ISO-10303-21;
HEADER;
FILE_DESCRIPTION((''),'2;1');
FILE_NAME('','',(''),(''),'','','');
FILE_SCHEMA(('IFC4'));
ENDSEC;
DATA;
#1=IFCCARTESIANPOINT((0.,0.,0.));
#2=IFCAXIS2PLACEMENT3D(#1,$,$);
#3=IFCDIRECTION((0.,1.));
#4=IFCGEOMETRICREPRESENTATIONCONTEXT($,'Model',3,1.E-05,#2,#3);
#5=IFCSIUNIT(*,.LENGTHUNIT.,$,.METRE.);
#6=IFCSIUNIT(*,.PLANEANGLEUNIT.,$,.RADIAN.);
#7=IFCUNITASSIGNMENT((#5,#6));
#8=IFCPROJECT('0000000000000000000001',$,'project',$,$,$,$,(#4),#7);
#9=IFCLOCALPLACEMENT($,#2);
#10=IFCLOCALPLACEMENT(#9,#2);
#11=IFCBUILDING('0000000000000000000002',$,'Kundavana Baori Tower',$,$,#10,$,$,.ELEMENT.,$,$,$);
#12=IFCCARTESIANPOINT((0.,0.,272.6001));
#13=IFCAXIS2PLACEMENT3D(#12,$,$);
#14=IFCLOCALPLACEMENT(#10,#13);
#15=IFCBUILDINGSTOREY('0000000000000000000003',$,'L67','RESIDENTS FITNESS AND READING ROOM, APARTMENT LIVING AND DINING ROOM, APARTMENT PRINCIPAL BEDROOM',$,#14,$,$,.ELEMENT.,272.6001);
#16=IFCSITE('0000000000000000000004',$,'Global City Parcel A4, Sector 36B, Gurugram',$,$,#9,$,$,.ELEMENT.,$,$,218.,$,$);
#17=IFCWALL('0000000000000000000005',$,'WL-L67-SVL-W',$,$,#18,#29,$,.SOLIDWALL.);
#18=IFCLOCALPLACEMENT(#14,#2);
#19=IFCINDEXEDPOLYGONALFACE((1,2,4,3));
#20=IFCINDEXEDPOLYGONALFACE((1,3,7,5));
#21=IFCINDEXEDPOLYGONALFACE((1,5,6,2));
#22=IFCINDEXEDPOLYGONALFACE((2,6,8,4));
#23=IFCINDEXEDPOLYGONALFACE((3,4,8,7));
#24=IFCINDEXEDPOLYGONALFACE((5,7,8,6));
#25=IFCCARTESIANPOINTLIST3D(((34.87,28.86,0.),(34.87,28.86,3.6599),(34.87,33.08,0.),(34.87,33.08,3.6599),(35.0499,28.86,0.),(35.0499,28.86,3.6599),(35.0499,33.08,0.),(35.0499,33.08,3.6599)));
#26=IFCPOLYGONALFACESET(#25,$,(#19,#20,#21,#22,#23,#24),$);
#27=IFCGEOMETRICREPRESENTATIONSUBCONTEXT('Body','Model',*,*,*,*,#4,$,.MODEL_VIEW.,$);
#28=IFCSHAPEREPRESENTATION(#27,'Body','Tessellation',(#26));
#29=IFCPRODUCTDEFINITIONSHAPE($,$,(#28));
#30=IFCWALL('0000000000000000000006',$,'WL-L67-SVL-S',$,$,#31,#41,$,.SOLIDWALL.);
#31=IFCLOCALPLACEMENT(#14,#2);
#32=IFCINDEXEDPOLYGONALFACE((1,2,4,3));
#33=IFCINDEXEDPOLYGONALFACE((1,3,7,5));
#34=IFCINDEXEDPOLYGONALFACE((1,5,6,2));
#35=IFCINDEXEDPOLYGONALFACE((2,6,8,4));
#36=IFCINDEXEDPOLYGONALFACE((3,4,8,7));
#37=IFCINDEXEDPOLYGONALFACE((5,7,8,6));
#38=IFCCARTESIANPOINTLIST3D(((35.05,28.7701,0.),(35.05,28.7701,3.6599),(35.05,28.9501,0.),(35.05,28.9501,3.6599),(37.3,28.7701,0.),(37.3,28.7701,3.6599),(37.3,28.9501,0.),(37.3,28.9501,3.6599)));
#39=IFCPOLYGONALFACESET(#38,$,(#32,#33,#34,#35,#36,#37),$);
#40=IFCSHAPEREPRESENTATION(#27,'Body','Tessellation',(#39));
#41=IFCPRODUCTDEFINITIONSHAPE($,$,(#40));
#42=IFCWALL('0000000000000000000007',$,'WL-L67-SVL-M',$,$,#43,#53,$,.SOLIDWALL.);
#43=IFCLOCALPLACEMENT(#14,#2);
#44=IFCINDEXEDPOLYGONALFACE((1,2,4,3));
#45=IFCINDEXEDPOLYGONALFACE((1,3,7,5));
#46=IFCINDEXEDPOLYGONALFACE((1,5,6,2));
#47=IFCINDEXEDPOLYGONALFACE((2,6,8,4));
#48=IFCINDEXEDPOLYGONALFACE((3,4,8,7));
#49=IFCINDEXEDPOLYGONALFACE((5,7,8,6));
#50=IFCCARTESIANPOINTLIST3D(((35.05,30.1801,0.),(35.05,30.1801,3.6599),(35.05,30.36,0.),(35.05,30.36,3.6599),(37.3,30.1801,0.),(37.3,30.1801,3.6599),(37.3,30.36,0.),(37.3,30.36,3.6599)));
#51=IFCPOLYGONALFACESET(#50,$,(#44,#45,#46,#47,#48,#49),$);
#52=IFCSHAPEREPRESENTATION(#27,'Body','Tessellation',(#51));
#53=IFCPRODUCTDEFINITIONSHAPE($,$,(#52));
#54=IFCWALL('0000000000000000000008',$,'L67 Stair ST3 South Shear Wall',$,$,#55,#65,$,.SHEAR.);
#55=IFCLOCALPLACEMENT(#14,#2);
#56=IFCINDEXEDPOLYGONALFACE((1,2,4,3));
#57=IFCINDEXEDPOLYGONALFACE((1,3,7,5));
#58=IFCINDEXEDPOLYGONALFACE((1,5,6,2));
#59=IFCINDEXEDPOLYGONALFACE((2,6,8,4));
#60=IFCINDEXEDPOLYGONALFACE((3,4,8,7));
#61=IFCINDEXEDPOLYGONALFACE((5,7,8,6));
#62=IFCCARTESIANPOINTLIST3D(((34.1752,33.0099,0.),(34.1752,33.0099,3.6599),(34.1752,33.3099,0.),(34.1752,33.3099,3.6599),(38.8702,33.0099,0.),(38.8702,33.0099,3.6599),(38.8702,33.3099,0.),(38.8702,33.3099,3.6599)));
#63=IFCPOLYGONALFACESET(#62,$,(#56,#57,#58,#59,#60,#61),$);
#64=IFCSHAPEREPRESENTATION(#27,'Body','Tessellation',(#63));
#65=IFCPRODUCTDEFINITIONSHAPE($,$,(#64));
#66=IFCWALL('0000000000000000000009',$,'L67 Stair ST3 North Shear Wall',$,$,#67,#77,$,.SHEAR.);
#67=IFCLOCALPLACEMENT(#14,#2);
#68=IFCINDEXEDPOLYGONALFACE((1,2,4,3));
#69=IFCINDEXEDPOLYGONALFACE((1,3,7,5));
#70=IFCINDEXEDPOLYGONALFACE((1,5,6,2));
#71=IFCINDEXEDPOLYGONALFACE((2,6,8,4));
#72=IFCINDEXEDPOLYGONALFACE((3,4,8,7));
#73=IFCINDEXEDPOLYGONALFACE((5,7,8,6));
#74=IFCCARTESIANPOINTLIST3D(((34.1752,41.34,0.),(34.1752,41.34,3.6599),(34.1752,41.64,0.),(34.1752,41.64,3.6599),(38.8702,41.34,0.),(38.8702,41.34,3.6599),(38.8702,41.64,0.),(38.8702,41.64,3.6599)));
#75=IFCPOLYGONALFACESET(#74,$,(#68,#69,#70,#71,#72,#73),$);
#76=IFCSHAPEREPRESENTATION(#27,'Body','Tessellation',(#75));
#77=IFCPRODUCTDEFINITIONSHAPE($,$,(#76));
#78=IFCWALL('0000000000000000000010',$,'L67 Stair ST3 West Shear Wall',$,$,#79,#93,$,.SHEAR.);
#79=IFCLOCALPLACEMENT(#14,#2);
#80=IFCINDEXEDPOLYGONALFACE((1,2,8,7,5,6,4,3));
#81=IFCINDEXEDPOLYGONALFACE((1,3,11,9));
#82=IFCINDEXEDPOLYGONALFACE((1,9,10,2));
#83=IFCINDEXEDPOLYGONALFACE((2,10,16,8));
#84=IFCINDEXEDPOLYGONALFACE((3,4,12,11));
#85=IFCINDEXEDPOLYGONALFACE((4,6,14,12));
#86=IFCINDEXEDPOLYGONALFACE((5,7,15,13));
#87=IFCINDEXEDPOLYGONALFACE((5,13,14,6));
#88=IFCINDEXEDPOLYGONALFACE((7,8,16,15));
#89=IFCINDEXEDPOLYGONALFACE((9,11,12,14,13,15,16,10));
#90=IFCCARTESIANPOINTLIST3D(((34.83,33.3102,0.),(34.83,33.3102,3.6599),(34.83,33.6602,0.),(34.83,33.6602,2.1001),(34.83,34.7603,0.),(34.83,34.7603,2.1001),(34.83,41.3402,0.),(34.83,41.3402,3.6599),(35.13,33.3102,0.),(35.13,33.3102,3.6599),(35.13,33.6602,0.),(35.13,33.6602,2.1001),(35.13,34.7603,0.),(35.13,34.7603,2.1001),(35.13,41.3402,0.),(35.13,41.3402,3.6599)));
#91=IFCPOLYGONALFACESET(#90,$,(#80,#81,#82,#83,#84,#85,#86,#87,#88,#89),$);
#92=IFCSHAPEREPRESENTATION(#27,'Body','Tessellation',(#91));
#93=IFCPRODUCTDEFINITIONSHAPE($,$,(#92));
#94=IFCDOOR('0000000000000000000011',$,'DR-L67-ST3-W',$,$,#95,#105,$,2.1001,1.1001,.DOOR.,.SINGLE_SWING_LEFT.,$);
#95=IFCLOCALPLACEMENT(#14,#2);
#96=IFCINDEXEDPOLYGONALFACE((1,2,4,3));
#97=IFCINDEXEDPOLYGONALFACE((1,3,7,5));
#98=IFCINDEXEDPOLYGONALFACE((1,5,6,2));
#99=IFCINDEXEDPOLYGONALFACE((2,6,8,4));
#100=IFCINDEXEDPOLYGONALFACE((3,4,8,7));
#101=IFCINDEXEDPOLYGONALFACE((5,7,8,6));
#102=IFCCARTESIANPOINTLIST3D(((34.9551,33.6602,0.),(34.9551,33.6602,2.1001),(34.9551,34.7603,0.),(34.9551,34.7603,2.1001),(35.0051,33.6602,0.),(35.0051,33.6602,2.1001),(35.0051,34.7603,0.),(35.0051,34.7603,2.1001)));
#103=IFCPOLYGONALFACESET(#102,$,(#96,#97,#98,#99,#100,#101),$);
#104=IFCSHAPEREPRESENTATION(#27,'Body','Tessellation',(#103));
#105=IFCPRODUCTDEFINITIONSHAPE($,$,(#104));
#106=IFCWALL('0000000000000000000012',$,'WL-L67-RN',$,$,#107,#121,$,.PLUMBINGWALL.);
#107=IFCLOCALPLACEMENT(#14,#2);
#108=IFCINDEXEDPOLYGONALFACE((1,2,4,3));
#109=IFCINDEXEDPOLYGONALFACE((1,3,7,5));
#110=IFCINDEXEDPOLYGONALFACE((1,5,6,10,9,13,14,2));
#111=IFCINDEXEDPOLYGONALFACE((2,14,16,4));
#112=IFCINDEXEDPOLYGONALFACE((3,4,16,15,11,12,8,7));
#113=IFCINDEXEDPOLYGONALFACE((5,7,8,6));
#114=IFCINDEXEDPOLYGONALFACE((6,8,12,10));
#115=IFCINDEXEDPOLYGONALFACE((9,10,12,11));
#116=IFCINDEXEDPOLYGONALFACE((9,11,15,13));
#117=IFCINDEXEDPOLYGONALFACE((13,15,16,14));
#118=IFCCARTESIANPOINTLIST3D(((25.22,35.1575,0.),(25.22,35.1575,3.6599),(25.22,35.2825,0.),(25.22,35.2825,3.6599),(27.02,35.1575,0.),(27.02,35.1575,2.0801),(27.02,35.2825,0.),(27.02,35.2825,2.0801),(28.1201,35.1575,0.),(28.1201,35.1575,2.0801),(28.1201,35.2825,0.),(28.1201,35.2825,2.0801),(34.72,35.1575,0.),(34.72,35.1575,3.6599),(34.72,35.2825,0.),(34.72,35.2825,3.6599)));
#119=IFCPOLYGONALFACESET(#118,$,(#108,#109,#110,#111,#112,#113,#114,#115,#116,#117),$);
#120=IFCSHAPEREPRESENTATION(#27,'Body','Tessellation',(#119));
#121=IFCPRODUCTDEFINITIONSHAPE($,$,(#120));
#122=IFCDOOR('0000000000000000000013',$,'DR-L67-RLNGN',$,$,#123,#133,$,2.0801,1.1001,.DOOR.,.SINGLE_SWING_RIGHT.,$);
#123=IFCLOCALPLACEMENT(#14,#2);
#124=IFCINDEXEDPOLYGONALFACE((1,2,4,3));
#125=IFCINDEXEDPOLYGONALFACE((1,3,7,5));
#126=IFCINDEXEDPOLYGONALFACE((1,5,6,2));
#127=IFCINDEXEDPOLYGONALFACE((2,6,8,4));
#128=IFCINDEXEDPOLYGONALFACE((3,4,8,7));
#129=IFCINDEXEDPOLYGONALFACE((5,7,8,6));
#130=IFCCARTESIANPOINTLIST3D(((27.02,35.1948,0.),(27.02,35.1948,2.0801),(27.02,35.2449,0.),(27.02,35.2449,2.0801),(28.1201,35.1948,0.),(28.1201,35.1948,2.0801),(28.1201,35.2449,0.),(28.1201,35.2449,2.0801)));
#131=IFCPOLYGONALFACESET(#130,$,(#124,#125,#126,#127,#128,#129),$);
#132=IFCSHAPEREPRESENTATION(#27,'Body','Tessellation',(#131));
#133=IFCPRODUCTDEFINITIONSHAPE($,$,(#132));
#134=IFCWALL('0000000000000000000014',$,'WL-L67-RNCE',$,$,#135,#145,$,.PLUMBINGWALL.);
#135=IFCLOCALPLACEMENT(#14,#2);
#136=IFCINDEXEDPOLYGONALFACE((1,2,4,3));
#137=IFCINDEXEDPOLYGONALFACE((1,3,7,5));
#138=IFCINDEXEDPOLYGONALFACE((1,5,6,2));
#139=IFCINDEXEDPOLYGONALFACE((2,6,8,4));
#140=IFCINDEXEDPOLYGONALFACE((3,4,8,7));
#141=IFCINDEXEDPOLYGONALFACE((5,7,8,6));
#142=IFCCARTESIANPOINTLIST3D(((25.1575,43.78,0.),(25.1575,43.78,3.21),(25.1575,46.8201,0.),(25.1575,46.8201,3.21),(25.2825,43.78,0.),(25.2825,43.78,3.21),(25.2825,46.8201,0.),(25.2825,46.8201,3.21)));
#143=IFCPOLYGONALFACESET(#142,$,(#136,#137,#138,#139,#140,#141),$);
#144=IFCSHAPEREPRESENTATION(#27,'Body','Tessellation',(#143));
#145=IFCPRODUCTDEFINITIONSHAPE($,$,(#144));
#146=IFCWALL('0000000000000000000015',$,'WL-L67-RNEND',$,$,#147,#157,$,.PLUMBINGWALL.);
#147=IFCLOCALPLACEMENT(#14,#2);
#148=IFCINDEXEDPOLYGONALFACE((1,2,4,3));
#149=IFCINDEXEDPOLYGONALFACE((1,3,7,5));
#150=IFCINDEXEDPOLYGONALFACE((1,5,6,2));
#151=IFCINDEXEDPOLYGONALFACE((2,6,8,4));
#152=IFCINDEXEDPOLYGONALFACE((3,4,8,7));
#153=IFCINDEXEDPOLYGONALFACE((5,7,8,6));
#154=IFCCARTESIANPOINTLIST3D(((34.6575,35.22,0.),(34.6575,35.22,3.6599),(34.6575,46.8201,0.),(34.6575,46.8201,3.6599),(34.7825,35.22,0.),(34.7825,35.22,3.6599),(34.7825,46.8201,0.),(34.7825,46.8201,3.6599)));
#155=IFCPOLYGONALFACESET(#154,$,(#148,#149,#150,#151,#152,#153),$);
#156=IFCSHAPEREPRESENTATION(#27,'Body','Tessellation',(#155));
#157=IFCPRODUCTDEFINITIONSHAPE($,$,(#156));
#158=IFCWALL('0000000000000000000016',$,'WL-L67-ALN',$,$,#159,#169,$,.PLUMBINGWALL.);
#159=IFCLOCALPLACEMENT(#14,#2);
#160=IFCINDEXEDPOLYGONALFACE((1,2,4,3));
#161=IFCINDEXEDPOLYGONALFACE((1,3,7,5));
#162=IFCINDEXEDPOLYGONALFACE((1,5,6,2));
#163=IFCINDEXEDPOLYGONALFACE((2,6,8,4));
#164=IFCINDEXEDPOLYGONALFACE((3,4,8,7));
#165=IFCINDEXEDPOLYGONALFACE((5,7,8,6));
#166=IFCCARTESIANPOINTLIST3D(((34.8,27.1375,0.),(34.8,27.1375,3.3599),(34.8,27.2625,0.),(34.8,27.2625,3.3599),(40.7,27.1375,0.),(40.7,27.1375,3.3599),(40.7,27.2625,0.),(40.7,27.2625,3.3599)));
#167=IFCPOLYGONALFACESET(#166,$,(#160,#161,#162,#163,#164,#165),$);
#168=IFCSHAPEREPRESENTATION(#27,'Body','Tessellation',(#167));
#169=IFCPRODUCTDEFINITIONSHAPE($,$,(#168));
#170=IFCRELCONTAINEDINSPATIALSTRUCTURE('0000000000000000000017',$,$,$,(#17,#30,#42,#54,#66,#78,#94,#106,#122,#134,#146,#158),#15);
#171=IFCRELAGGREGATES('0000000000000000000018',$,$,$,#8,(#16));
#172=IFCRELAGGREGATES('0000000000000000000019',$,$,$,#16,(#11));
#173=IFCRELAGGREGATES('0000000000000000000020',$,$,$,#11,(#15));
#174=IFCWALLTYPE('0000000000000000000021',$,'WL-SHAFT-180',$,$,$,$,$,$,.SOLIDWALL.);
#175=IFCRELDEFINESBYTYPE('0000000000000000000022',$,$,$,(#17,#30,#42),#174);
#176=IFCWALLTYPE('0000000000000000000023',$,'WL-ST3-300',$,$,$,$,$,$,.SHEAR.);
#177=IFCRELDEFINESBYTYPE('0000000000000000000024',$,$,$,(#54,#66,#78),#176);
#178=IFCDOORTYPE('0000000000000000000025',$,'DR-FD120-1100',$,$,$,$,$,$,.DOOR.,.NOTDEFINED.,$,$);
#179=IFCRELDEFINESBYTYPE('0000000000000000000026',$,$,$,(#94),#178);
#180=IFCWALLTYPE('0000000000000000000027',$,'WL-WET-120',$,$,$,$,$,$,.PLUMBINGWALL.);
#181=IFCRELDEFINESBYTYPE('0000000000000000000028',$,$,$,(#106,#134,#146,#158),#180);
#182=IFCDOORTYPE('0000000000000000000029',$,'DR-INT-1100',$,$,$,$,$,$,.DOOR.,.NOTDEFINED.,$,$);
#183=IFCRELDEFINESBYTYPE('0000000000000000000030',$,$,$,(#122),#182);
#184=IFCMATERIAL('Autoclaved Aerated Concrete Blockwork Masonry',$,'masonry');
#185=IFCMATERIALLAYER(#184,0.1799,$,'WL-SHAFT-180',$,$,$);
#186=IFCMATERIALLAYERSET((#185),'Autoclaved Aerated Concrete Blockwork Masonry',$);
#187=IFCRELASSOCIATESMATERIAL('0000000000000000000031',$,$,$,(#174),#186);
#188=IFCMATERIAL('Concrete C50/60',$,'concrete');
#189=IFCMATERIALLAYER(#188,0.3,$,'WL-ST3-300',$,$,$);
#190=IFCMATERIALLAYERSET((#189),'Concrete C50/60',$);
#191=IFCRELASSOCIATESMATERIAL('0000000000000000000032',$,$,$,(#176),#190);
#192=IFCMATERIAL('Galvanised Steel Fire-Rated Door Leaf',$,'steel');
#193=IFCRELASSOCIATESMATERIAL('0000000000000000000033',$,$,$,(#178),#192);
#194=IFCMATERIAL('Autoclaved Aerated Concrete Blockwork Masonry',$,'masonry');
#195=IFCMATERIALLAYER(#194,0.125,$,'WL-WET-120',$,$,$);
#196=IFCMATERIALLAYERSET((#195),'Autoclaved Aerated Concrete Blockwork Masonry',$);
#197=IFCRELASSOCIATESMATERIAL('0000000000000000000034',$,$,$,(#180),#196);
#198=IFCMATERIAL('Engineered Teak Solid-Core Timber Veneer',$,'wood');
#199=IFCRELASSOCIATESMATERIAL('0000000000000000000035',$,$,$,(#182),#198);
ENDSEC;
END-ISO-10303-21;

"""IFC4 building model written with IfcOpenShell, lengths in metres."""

from ifc_helpers import new_model, si_unit, direction, frame, frame_2d, origin, place, context, subcontext, project, spatial, rectangle, extrude, material, layer, layer_set, type_object, element, fill, save


model = new_model("IFC4")

# Units and contexts
model_context = context("Model", 3, precision=1e-05, world=origin(), true_north=direction((0.0, 1.0)))
body_context = subcontext(model_context, "Body", "Model", "MODEL_VIEW")
ifc_project = project(units=[si_unit("LENGTHUNIT", "METRE"), si_unit("PLANEANGLEUNIT", "RADIAN")], contexts=[model_context])

# Site, building, storey
site_placement = place(None, origin())
site = spatial("IfcSite", under=ifc_project, at=site_placement, Name="Global City Parcel A4, Sector 36B, Gurugram", CompositionType="ELEMENT", RefElevation=218.0)
building_placement = place(site_placement, origin())
building = spatial("IfcBuilding", under=site, at=building_placement, Name="Kundavana Baori Tower", CompositionType="ELEMENT")
storey_placement = place(building_placement, frame((0.0, 0.0, 272.6001)))
storey = spatial("IfcBuildingStorey", under=building, at=storey_placement, Name="L67", Description="RESIDENTS FITNESS AND READING ROOM, APARTMENT LIVING AND DINING ROOM, APARTMENT PRINCIPAL BEDROOM", CompositionType="ELEMENT", Elevation=272.6001)

# Walls
ifc_material_1 = material(Name="Autoclaved Aerated Concrete Blockwork Masonry", Category="masonry")
ifc_layer_1 = layer(ifc_material_1, 0.1799, Name="WL-SHAFT-180")
ifc_layer_set_1 = layer_set([ifc_layer_1], Name="Autoclaved Aerated Concrete Blockwork Masonry")
wall_type_1 = type_object("IfcWallType", Name="WL-SHAFT-180", PredefinedType="SOLIDWALL", material=ifc_layer_set_1)
wall_1_placement = place(storey_placement, frame((34.96, 28.8601, 0.0), z_axis=(0.0, 0.0, 1.0), x_axis=(0.0, 1.0, 0.0)))
element("IfcWall", 1, at=wall_1_placement, inside=storey, type_object=wall_type_1, Name="WL-L67-SVL-W", PredefinedType="SOLIDWALL", context=body_context, shape_type="SweptSolid", body=[
    extrude(rectangle(XDim=4.22, YDim=0.1799, at=frame_2d((2.1099, 0.0))), origin(), (0.0, 0.0, 1.0), 3.6599),
])
for number, where, z_axis, x_axis, name in (
    (2, (35.05, 28.8601, 0.0), (0.0, 0.0, 1.0), (1.0, 0.0, 0.0), "WL-L67-SVL-S"),
    (3, (35.05, 30.27, 0.0), (0.0, 0.0, 1.0), (1.0, 0.0, 0.0), "WL-L67-SVL-M"),
):
    element("IfcWall", number, at=place(storey_placement, frame(where, z_axis=z_axis, x_axis=x_axis)), inside=storey, type_object=wall_type_1, Name=name, PredefinedType="SOLIDWALL", context=body_context, shape_type="SweptSolid", body=[
        extrude(rectangle(XDim=2.25, YDim=0.1799, at=frame_2d((1.125, 0.0))), origin(), (0.0, 0.0, 1.0), 3.6599),
    ])
ifc_material_2 = material(Name="Concrete C50/60", Category="concrete")
ifc_layer_2 = layer(ifc_material_2, 0.3, Name="WL-ST3-300")
ifc_layer_set_2 = layer_set([ifc_layer_2], Name="Concrete C50/60")
wall_type_2 = type_object("IfcWallType", Name="WL-ST3-300", PredefinedType="SHEAR", material=ifc_layer_set_2)
for number, where, z_axis, x_axis, name in (
    (4, (34.175, 33.1599, 0.0), (0.0, 0.0, 1.0), (1.0, 0.0, 0.0), "L67 Stair ST3 South Shear Wall"),
    (5, (34.175, 41.49, 0.0), (0.0, 0.0, 1.0), (1.0, 0.0, 0.0), "L67 Stair ST3 North Shear Wall"),
):
    element("IfcWall", number, at=place(storey_placement, frame(where, z_axis=z_axis, x_axis=x_axis)), inside=storey, type_object=wall_type_2, Name=name, PredefinedType="SHEAR", context=body_context, shape_type="SweptSolid", body=[
        extrude(rectangle(XDim=4.6951, YDim=0.3, at=frame_2d((2.3477, 0.0))), origin(), (0.0, 0.0, 1.0), 3.6599),
    ])

# Walls, openings, doors
wall_2_placement = place(storey_placement, frame((34.98, 33.3101, 0.0), z_axis=(0.0, 0.0, 1.0), x_axis=(0.0, 1.0, 0.0)))
wall_2 = element("IfcWall", 6, at=wall_2_placement, inside=storey, type_object=wall_type_2, Name="L67 Stair ST3 West Shear Wall", PredefinedType="SHEAR", context=body_context, shape_type="SweptSolid", body=[
    extrude(rectangle(XDim=8.03, YDim=0.3, at=frame_2d((4.0151, 0.0))), origin(), (0.0, 0.0, 1.0), 3.6599),
])
opening_1_placement = place(wall_2_placement, frame((0.3501, 0.0, 0.0)))
opening_1 = element("IfcOpeningElement", 7, at=opening_1_placement, cuts=wall_2, PredefinedType="OPENING", context=body_context, shape_type="SweptSolid", body=[
    extrude(rectangle(XDim=1.1001, YDim=2.1001, at=frame_2d((0.55, 1.05))), frame((0.0, 0.1602, 0.0), z_axis=(0.0, -1.0, 0.0), x_axis=(1.0, 0.0, 0.0)), (0.0, 0.0, 1.0), 0.3201),
])
ifc_material_3 = material(Name="Galvanised Steel Fire-Rated Door Leaf", Category="steel")
door_type_1 = type_object("IfcDoorType", Name="DR-FD120-1100", OperationType="NOTDEFINED", PredefinedType="DOOR", material=ifc_material_3)
door_1_placement = place(opening_1_placement, origin())
door_1 = element("IfcDoor", 8, at=door_1_placement, inside=storey, type_object=door_type_1, Name="DR-L67-ST3-W", OperationType="SINGLE_SWING_LEFT", OverallHeight=2.1001, OverallWidth=1.1001, PredefinedType="DOOR", context=body_context, shape_type="SweptSolid", body=[
    extrude(rectangle(XDim=1.1001, YDim=2.1001, at=frame_2d((0.55, 1.05))), frame((0.0, 0.0249, 0.0), z_axis=(0.0, -1.0, 0.0), x_axis=(1.0, 0.0, 0.0)), (0.0, 0.0, 1.0), 0.05),
])
fill(opening_1, door_1)
ifc_material_4 = material(Name="Autoclaved Aerated Concrete Blockwork Masonry", Category="masonry")
ifc_layer_3 = layer(ifc_material_4, 0.125, Name="WL-WET-120")
ifc_layer_set_3 = layer_set([ifc_layer_3], Name="Autoclaved Aerated Concrete Blockwork Masonry")
wall_type_3 = type_object("IfcWallType", Name="WL-WET-120", PredefinedType="PLUMBINGWALL", material=ifc_layer_set_3)
wall_3_placement = place(storey_placement, frame((25.22, 35.22, 0.0), z_axis=(0.0, 0.0, 1.0), x_axis=(1.0, 0.0, 0.0)))
wall_3 = element("IfcWall", 9, at=wall_3_placement, inside=storey, type_object=wall_type_3, Name="WL-L67-RN", PredefinedType="PLUMBINGWALL", context=body_context, shape_type="SweptSolid", body=[
    extrude(rectangle(XDim=9.5, YDim=0.125, at=frame_2d((4.75, 0.0))), origin(), (0.0, 0.0, 1.0), 3.6599),
])
opening_2_placement = place(wall_3_placement, frame((1.8, 0.0, 0.0)))
opening_2 = element("IfcOpeningElement", 10, at=opening_2_placement, cuts=wall_3, PredefinedType="OPENING", context=body_context, shape_type="SweptSolid", body=[
    extrude(rectangle(XDim=1.1001, YDim=2.0801, at=frame_2d((0.55, 1.04))), frame((0.0, 0.0725, 0.0), z_axis=(0.0, -1.0, 0.0), x_axis=(1.0, 0.0, 0.0)), (0.0, 0.0, 1.0), 0.145),
])
ifc_material_5 = material(Name="Engineered Teak Solid-Core Timber Veneer", Category="wood")
door_type_2 = type_object("IfcDoorType", Name="DR-INT-1100", OperationType="NOTDEFINED", PredefinedType="DOOR", material=ifc_material_5)
door_2_placement = place(opening_2_placement, origin())
door_2 = element("IfcDoor", 11, at=door_2_placement, inside=storey, type_object=door_type_2, Name="DR-L67-RLNGN", OperationType="SINGLE_SWING_RIGHT", OverallHeight=2.0801, OverallWidth=1.1001, PredefinedType="DOOR", context=body_context, shape_type="SweptSolid", body=[
    extrude(rectangle(XDim=1.1001, YDim=2.0801, at=frame_2d((0.55, 1.04))), frame((0.0, 0.0249, 0.0), z_axis=(0.0, -1.0, 0.0), x_axis=(1.0, 0.0, 0.0)), (0.0, 0.0, 1.0), 0.05),
])
fill(opening_2, door_2)

# Walls
wall_4_placement = place(storey_placement, frame((25.22, 43.78, 0.0), z_axis=(0.0, 0.0, 1.0), x_axis=(0.0, 1.0, 0.0)))
element("IfcWall", 12, at=wall_4_placement, inside=storey, type_object=wall_type_3, Name="WL-L67-RNCE", PredefinedType="PLUMBINGWALL", context=body_context, shape_type="SweptSolid", body=[
    extrude(rectangle(XDim=3.04, YDim=0.125, at=frame_2d((1.52, 0.0))), origin(), (0.0, 0.0, 1.0), 3.21),
])
wall_5_placement = place(storey_placement, frame((34.72, 35.22, 0.0), z_axis=(0.0, 0.0, 1.0), x_axis=(0.0, 1.0, 0.0)))
element("IfcWall", 13, at=wall_5_placement, inside=storey, type_object=wall_type_3, Name="WL-L67-RNEND", PredefinedType="PLUMBINGWALL", context=body_context, shape_type="SweptSolid", body=[
    extrude(rectangle(XDim=11.6001, YDim=0.125, at=frame_2d((5.8, 0.0))), origin(), (0.0, 0.0, 1.0), 3.6599),
])
wall_6_placement = place(storey_placement, frame((34.8, 27.2, 0.0), z_axis=(0.0, 0.0, 1.0), x_axis=(1.0, 0.0, 0.0)))
element("IfcWall", 14, at=wall_6_placement, inside=storey, type_object=wall_type_3, Name="WL-L67-ALN", PredefinedType="PLUMBINGWALL", context=body_context, shape_type="SweptSolid", body=[
    extrude(rectangle(XDim=5.8999, YDim=0.125, at=frame_2d((2.95, 0.0))), origin(), (0.0, 0.0, 1.0), 3.3599),
])

save(model, "model.ifc")
